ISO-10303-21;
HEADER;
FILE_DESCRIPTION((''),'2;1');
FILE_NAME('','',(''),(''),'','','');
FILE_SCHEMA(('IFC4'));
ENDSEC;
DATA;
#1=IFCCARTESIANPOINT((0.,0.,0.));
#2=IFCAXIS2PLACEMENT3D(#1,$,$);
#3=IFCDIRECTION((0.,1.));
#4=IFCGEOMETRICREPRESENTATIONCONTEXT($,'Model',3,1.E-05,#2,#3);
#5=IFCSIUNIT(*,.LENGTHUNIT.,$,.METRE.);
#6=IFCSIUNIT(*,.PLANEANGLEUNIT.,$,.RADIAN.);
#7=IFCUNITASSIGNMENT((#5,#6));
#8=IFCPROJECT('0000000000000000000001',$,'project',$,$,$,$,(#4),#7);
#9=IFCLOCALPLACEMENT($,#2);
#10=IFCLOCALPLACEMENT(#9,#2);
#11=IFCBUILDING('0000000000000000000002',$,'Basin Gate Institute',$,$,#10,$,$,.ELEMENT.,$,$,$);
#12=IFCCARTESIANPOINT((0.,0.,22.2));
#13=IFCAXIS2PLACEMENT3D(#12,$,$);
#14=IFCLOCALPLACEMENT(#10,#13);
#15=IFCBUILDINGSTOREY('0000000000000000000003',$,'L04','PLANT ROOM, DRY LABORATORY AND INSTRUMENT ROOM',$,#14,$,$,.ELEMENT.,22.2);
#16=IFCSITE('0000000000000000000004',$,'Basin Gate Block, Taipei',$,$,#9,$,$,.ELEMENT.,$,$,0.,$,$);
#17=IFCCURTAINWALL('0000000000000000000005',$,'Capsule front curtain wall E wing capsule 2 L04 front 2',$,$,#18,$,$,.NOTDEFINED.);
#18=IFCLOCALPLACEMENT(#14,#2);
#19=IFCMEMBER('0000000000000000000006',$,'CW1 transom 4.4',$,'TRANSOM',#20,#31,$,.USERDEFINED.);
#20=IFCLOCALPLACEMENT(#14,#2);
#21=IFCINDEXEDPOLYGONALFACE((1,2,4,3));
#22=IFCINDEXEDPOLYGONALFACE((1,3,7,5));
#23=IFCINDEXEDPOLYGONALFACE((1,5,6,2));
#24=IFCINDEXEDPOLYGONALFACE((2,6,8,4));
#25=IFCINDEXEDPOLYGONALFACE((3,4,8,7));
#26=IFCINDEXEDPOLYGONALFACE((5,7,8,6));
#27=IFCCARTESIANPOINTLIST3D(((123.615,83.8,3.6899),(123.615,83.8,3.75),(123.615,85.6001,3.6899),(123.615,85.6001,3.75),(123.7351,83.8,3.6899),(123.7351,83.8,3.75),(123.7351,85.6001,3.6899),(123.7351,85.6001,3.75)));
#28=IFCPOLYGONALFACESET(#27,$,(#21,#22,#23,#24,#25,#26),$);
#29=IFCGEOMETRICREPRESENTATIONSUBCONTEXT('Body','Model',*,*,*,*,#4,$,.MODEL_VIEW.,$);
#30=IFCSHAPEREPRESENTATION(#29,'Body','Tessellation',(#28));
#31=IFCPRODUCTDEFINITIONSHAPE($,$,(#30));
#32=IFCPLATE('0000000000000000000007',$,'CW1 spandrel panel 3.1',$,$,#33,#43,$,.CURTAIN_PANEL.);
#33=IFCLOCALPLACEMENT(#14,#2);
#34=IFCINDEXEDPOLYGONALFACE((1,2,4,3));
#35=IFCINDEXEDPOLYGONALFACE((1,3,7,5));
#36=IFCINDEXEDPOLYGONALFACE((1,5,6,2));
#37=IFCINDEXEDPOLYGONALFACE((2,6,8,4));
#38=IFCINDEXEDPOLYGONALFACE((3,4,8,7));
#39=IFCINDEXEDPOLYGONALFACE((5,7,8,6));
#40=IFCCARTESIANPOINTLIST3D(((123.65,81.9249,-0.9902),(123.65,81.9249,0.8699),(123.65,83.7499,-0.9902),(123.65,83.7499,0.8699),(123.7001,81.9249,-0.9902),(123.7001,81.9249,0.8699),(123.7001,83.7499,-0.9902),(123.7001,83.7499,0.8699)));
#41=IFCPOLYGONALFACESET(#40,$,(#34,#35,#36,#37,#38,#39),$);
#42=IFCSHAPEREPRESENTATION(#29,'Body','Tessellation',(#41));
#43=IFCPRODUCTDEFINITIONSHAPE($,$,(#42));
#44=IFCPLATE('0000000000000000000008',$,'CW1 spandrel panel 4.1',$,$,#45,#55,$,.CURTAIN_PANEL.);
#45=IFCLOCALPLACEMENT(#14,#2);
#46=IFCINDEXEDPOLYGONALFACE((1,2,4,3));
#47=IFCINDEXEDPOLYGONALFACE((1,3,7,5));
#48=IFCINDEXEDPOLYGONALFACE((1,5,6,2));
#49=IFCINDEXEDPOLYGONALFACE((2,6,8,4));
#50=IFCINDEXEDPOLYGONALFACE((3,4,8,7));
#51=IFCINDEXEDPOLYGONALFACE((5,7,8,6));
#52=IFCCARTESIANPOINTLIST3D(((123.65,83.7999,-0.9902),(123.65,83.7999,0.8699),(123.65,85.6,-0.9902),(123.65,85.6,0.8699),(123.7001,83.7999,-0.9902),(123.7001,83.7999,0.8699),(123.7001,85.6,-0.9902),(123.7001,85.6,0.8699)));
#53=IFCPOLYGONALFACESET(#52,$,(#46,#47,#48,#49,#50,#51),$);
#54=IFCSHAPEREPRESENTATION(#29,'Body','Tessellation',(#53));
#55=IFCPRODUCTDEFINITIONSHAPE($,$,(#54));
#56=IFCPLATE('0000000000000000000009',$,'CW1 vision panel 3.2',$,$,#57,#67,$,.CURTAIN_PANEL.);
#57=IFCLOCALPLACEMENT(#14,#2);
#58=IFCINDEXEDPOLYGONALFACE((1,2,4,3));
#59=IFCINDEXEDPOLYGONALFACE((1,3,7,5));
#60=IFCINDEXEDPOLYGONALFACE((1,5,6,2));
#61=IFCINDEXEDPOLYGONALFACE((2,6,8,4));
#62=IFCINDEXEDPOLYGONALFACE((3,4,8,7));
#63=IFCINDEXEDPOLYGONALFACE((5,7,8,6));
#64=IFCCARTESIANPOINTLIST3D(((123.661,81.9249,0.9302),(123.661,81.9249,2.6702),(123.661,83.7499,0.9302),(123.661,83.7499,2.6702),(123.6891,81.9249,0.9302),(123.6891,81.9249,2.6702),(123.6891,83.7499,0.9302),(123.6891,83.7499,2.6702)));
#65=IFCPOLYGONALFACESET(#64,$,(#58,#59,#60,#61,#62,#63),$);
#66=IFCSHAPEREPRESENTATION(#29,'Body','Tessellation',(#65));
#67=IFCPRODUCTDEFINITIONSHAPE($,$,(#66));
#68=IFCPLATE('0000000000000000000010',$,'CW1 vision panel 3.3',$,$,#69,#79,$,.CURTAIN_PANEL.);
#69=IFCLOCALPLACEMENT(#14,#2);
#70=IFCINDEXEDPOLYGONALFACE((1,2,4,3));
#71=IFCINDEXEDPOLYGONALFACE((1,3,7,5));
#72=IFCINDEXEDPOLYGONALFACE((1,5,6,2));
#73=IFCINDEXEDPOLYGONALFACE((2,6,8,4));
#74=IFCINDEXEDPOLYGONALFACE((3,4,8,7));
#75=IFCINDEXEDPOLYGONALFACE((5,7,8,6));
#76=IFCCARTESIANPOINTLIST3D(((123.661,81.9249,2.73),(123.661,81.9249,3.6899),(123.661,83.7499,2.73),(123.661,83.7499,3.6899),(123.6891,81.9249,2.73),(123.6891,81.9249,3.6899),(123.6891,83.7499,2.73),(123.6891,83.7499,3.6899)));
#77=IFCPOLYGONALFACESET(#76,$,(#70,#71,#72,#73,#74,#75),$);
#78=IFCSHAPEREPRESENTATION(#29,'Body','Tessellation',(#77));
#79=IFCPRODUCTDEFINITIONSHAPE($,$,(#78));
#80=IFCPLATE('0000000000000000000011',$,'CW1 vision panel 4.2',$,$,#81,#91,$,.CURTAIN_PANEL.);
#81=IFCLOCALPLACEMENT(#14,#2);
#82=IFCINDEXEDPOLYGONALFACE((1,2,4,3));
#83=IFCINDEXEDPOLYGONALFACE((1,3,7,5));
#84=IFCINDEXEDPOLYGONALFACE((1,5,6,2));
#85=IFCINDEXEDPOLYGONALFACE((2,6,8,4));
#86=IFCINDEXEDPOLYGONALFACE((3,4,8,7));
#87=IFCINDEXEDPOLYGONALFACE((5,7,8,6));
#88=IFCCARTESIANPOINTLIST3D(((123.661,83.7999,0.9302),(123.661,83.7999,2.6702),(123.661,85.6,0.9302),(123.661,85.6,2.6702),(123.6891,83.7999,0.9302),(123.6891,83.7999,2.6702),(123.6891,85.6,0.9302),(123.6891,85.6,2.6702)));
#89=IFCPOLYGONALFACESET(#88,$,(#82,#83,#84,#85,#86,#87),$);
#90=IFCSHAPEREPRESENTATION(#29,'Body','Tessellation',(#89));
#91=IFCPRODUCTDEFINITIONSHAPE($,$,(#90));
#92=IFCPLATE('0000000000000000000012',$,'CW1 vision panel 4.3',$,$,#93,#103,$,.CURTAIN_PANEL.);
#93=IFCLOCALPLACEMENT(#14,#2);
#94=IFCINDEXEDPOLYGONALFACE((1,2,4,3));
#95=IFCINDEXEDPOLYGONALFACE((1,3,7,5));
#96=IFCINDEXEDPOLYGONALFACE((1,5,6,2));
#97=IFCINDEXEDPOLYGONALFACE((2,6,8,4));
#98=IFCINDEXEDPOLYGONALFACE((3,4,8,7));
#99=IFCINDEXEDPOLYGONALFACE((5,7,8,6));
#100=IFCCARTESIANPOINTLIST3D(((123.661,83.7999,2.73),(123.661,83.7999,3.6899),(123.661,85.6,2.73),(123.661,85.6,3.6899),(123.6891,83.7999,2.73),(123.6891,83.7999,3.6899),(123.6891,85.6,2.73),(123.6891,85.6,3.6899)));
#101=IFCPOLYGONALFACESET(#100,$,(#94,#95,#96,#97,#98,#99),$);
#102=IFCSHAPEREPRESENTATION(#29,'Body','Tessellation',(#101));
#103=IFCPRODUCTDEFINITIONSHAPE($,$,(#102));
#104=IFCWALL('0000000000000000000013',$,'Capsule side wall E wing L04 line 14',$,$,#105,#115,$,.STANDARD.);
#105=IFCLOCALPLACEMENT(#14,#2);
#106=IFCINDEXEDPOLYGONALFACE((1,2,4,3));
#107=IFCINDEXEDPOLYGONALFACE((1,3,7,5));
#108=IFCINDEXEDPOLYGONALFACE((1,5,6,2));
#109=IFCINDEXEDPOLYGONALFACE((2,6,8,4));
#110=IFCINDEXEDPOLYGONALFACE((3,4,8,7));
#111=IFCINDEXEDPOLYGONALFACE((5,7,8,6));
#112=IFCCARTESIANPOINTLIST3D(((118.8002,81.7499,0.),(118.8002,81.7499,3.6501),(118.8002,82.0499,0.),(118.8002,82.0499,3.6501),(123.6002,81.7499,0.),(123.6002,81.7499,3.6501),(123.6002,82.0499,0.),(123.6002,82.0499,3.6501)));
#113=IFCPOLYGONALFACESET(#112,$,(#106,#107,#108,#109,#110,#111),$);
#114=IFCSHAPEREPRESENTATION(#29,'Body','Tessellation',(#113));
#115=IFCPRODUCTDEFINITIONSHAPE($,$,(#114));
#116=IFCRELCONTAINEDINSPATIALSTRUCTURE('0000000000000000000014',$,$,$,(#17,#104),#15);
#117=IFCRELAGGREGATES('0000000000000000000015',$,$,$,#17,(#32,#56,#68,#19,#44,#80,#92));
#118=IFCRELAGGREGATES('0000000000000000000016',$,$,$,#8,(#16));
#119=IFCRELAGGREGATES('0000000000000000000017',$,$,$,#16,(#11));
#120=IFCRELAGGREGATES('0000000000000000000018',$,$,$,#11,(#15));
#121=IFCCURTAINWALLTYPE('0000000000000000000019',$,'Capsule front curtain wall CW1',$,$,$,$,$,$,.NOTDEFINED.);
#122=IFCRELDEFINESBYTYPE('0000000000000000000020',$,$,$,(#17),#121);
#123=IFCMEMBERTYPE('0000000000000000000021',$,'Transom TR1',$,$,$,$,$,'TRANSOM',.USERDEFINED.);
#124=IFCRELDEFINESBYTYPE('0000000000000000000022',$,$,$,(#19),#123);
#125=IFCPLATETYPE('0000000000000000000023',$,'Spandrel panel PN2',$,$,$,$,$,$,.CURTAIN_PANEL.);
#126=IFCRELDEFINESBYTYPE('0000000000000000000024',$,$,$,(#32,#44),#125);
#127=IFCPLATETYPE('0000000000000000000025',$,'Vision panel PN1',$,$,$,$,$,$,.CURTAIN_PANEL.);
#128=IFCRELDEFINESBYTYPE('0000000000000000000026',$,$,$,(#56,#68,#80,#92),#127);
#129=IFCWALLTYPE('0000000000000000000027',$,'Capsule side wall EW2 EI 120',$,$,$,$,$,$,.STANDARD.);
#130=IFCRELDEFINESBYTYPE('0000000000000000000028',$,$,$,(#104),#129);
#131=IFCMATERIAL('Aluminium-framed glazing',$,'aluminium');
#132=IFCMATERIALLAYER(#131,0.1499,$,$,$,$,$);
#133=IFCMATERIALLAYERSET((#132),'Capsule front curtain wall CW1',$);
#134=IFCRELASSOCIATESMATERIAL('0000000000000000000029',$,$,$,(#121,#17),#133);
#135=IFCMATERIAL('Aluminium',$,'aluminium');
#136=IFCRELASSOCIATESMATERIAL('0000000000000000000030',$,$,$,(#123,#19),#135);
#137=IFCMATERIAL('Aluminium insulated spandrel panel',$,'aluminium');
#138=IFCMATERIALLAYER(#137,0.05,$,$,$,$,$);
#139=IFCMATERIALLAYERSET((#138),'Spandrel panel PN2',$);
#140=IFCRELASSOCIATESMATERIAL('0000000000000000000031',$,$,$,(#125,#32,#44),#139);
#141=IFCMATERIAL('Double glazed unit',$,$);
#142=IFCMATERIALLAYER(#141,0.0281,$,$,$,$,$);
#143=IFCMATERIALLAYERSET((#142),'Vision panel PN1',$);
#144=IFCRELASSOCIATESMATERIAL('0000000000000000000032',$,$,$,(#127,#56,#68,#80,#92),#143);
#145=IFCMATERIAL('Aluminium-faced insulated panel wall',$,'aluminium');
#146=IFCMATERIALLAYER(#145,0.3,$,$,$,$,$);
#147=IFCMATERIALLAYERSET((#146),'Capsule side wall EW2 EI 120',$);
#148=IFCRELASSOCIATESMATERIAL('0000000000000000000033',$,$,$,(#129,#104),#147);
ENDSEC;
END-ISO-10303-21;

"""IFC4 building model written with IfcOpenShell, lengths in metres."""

from ifc_helpers import new_model, si_unit, direction, frame, frame_2d, origin, origin_2d, place, context, subcontext, project, spatial, rectangle, extrude, material, layer, layer_set, material_profile, profile_set, type_object, element, aggregate, save


model = new_model("IFC4")

# Units and contexts
model_context = context("Model", 3, precision=1e-05, world=origin(), true_north=direction((0.0, 1.0)))
body_context = subcontext(model_context, "Body", "Model", "MODEL_VIEW")
ifc_project = project(units=[si_unit("LENGTHUNIT", "METRE"), si_unit("PLANEANGLEUNIT", "RADIAN")], contexts=[model_context])

# Site, building, storey
site_placement = place(None, origin())
site = spatial("IfcSite", under=ifc_project, at=site_placement, Name="Basin Gate Block, Taipei", CompositionType="ELEMENT", RefElevation=0.0)
building_placement = place(site_placement, origin())
building = spatial("IfcBuilding", under=site, at=building_placement, Name="Basin Gate Institute", CompositionType="ELEMENT")
storey_placement = place(building_placement, frame((0.0, 0.0, 22.2)))
storey = spatial("IfcBuildingStorey", under=building, at=storey_placement, Name="L04", Description="PLANT ROOM, DRY LABORATORY AND INSTRUMENT ROOM", CompositionType="ELEMENT", Elevation=22.2)

# Curtain wall
ifc_material_1 = material(Name="Aluminium-framed glazing", Category="aluminium")
ifc_layer_1 = layer(ifc_material_1, 0.1499)
ifc_layer_set_1 = layer_set([ifc_layer_1], Name="Capsule front curtain wall CW1")
curtain_wall_type = type_object("IfcCurtainWallType", Name="Capsule front curtain wall CW1", PredefinedType="NOTDEFINED", material=ifc_layer_set_1)
curtain_wall_1_placement = place(storey_placement, origin())
curtain_wall_1 = element("IfcCurtainWall", 1, at=curtain_wall_1_placement, inside=storey, type_object=curtain_wall_type, material=ifc_layer_set_1, Name="Capsule front curtain wall E wing capsule 2 L04 front 2", PredefinedType="NOTDEFINED")

# Shared definitions
ifc_material_2 = material(Name="Aluminium", Category="aluminium")
ifc_material_profile_1 = material_profile(ifc_material_2, rectangle(XDim=0.1201, YDim=0.0601, at=origin_2d()), Name="Transom TR1 120 x 60")
ifc_profile_set_1 = profile_set([ifc_material_profile_1], Name="Aluminium")
member_type_1 = type_object("IfcMemberType", Name="Transom TR1", ElementType="TRANSOM", PredefinedType="USERDEFINED", material=ifc_profile_set_1)

# Member
member_1_placement = place(storey_placement, frame((123.675, 83.8, 3.72), z_axis=(0.0, 1.0, 0.0), x_axis=(-1.0, 0.0, 0.0)))
member_1 = element("IfcMember", 2, at=member_1_placement, type_object=member_type_1, material=ifc_profile_set_1, Name="CW1 transom 4.4", ObjectType="TRANSOM", PredefinedType="USERDEFINED", context=body_context, shape_type="SweptSolid", body=[
    extrude(rectangle(XDim=0.1201, YDim=0.0601, at=origin_2d()), origin(), (0.0, 0.0, 1.0), 1.8),
])

# Plates
ifc_material_3 = material(Name="Aluminium insulated spandrel panel", Category="aluminium")
ifc_layer_2 = layer(ifc_material_3, 0.05)
ifc_layer_set_2 = layer_set([ifc_layer_2], Name="Spandrel panel PN2")
plate_type_1 = type_object("IfcPlateType", Name="Spandrel panel PN2", PredefinedType="CURTAIN_PANEL", material=ifc_layer_set_2)
plate_1_placement = place(storey_placement, frame((123.675, 82.8374, -0.9902), z_axis=(0.0, 0.0, 1.0), x_axis=(0.0, 1.0, 0.0)))
plate_1 = element("IfcPlate", 3, at=plate_1_placement, type_object=plate_type_1, material=ifc_layer_set_2, Name="CW1 spandrel panel 3.1", PredefinedType="CURTAIN_PANEL", context=body_context, shape_type="SweptSolid", body=[
    extrude(rectangle(XDim=1.825, YDim=0.05, at=origin_2d()), origin(), (0.0, 0.0, 1.0), 1.8601),
])
plate_2_placement = place(storey_placement, frame((123.675, 84.7, -0.9902), z_axis=(0.0, 0.0, 1.0), x_axis=(0.0, 1.0, 0.0)))
plate_2 = element("IfcPlate", 4, at=plate_2_placement, type_object=plate_type_1, material=ifc_layer_set_2, Name="CW1 spandrel panel 4.1", PredefinedType="CURTAIN_PANEL", context=body_context, shape_type="SweptSolid", body=[
    extrude(rectangle(XDim=1.8, YDim=0.05, at=origin_2d()), origin(), (0.0, 0.0, 1.0), 1.8601),
])
ifc_material_4 = material(Name="Double glazed unit")
ifc_layer_3 = layer(ifc_material_4, 0.0281)
ifc_layer_set_3 = layer_set([ifc_layer_3], Name="Vision panel PN1")
plate_type_2 = type_object("IfcPlateType", Name="Vision panel PN1", PredefinedType="CURTAIN_PANEL", material=ifc_layer_set_3)
plate_3_placement = place(storey_placement, frame((123.675, 82.8374, 0.9302), z_axis=(0.0, 0.0, 1.0), x_axis=(0.0, 1.0, 0.0)))
plate_3 = element("IfcPlate", 5, at=plate_3_placement, type_object=plate_type_2, material=ifc_layer_set_3, Name="CW1 vision panel 3.2", PredefinedType="CURTAIN_PANEL", context=body_context, shape_type="SweptSolid", body=[
    extrude(rectangle(XDim=1.825, YDim=0.0281, at=origin_2d()), origin(), (0.0, 0.0, 1.0), 1.74),
])
plate_4_placement = place(storey_placement, frame((123.675, 82.8374, 2.73), z_axis=(0.0, 0.0, 1.0), x_axis=(0.0, 1.0, 0.0)))
plate_4 = element("IfcPlate", 6, at=plate_4_placement, type_object=plate_type_2, material=ifc_layer_set_3, Name="CW1 vision panel 3.3", PredefinedType="CURTAIN_PANEL", context=body_context, shape_type="SweptSolid", body=[
    extrude(rectangle(XDim=1.825, YDim=0.0281, at=origin_2d()), origin(), (0.0, 0.0, 1.0), 0.96),
])
plate_5_placement = place(storey_placement, frame((123.675, 84.7, 0.9302), z_axis=(0.0, 0.0, 1.0), x_axis=(0.0, 1.0, 0.0)))
plate_5 = element("IfcPlate", 7, at=plate_5_placement, type_object=plate_type_2, material=ifc_layer_set_3, Name="CW1 vision panel 4.2", PredefinedType="CURTAIN_PANEL", context=body_context, shape_type="SweptSolid", body=[
    extrude(rectangle(XDim=1.8, YDim=0.0281, at=origin_2d()), origin(), (0.0, 0.0, 1.0), 1.74),
])
plate_6_placement = place(storey_placement, frame((123.675, 84.7, 2.73), z_axis=(0.0, 0.0, 1.0), x_axis=(0.0, 1.0, 0.0)))
plate_6 = element("IfcPlate", 8, at=plate_6_placement, type_object=plate_type_2, material=ifc_layer_set_3, Name="CW1 vision panel 4.3", PredefinedType="CURTAIN_PANEL", context=body_context, shape_type="SweptSolid", body=[
    extrude(rectangle(XDim=1.8, YDim=0.0281, at=origin_2d()), origin(), (0.0, 0.0, 1.0), 0.96),
])
aggregate(curtain_wall_1, [plate_1, plate_3, plate_4, member_1, plate_2, plate_5, plate_6])

# Wall
ifc_material_5 = material(Name="Aluminium-faced insulated panel wall", Category="aluminium")
ifc_layer_4 = layer(ifc_material_5, 0.3)
ifc_layer_set_4 = layer_set([ifc_layer_4], Name="Capsule side wall EW2 EI 120")
wall_type = type_object("IfcWallType", Name="Capsule side wall EW2 EI 120", PredefinedType="STANDARD", material=ifc_layer_set_4)
wall_placement = place(storey_placement, frame((123.6001, 81.8999, 0.0), z_axis=(0.0, 0.0, 1.0), x_axis=(-1.0, 0.0, 0.0)))
element("IfcWall", 9, at=wall_placement, inside=storey, type_object=wall_type, material=ifc_layer_set_4, Name="Capsule side wall E wing L04 line 14", PredefinedType="STANDARD", context=body_context, shape_type="SweptSolid", body=[
    extrude(rectangle(XDim=4.8, YDim=0.3, at=frame_2d((2.3999, 0.0))), origin(), (0.0, 0.0, 1.0), 3.6501),
])

save(model, "model.ifc")
